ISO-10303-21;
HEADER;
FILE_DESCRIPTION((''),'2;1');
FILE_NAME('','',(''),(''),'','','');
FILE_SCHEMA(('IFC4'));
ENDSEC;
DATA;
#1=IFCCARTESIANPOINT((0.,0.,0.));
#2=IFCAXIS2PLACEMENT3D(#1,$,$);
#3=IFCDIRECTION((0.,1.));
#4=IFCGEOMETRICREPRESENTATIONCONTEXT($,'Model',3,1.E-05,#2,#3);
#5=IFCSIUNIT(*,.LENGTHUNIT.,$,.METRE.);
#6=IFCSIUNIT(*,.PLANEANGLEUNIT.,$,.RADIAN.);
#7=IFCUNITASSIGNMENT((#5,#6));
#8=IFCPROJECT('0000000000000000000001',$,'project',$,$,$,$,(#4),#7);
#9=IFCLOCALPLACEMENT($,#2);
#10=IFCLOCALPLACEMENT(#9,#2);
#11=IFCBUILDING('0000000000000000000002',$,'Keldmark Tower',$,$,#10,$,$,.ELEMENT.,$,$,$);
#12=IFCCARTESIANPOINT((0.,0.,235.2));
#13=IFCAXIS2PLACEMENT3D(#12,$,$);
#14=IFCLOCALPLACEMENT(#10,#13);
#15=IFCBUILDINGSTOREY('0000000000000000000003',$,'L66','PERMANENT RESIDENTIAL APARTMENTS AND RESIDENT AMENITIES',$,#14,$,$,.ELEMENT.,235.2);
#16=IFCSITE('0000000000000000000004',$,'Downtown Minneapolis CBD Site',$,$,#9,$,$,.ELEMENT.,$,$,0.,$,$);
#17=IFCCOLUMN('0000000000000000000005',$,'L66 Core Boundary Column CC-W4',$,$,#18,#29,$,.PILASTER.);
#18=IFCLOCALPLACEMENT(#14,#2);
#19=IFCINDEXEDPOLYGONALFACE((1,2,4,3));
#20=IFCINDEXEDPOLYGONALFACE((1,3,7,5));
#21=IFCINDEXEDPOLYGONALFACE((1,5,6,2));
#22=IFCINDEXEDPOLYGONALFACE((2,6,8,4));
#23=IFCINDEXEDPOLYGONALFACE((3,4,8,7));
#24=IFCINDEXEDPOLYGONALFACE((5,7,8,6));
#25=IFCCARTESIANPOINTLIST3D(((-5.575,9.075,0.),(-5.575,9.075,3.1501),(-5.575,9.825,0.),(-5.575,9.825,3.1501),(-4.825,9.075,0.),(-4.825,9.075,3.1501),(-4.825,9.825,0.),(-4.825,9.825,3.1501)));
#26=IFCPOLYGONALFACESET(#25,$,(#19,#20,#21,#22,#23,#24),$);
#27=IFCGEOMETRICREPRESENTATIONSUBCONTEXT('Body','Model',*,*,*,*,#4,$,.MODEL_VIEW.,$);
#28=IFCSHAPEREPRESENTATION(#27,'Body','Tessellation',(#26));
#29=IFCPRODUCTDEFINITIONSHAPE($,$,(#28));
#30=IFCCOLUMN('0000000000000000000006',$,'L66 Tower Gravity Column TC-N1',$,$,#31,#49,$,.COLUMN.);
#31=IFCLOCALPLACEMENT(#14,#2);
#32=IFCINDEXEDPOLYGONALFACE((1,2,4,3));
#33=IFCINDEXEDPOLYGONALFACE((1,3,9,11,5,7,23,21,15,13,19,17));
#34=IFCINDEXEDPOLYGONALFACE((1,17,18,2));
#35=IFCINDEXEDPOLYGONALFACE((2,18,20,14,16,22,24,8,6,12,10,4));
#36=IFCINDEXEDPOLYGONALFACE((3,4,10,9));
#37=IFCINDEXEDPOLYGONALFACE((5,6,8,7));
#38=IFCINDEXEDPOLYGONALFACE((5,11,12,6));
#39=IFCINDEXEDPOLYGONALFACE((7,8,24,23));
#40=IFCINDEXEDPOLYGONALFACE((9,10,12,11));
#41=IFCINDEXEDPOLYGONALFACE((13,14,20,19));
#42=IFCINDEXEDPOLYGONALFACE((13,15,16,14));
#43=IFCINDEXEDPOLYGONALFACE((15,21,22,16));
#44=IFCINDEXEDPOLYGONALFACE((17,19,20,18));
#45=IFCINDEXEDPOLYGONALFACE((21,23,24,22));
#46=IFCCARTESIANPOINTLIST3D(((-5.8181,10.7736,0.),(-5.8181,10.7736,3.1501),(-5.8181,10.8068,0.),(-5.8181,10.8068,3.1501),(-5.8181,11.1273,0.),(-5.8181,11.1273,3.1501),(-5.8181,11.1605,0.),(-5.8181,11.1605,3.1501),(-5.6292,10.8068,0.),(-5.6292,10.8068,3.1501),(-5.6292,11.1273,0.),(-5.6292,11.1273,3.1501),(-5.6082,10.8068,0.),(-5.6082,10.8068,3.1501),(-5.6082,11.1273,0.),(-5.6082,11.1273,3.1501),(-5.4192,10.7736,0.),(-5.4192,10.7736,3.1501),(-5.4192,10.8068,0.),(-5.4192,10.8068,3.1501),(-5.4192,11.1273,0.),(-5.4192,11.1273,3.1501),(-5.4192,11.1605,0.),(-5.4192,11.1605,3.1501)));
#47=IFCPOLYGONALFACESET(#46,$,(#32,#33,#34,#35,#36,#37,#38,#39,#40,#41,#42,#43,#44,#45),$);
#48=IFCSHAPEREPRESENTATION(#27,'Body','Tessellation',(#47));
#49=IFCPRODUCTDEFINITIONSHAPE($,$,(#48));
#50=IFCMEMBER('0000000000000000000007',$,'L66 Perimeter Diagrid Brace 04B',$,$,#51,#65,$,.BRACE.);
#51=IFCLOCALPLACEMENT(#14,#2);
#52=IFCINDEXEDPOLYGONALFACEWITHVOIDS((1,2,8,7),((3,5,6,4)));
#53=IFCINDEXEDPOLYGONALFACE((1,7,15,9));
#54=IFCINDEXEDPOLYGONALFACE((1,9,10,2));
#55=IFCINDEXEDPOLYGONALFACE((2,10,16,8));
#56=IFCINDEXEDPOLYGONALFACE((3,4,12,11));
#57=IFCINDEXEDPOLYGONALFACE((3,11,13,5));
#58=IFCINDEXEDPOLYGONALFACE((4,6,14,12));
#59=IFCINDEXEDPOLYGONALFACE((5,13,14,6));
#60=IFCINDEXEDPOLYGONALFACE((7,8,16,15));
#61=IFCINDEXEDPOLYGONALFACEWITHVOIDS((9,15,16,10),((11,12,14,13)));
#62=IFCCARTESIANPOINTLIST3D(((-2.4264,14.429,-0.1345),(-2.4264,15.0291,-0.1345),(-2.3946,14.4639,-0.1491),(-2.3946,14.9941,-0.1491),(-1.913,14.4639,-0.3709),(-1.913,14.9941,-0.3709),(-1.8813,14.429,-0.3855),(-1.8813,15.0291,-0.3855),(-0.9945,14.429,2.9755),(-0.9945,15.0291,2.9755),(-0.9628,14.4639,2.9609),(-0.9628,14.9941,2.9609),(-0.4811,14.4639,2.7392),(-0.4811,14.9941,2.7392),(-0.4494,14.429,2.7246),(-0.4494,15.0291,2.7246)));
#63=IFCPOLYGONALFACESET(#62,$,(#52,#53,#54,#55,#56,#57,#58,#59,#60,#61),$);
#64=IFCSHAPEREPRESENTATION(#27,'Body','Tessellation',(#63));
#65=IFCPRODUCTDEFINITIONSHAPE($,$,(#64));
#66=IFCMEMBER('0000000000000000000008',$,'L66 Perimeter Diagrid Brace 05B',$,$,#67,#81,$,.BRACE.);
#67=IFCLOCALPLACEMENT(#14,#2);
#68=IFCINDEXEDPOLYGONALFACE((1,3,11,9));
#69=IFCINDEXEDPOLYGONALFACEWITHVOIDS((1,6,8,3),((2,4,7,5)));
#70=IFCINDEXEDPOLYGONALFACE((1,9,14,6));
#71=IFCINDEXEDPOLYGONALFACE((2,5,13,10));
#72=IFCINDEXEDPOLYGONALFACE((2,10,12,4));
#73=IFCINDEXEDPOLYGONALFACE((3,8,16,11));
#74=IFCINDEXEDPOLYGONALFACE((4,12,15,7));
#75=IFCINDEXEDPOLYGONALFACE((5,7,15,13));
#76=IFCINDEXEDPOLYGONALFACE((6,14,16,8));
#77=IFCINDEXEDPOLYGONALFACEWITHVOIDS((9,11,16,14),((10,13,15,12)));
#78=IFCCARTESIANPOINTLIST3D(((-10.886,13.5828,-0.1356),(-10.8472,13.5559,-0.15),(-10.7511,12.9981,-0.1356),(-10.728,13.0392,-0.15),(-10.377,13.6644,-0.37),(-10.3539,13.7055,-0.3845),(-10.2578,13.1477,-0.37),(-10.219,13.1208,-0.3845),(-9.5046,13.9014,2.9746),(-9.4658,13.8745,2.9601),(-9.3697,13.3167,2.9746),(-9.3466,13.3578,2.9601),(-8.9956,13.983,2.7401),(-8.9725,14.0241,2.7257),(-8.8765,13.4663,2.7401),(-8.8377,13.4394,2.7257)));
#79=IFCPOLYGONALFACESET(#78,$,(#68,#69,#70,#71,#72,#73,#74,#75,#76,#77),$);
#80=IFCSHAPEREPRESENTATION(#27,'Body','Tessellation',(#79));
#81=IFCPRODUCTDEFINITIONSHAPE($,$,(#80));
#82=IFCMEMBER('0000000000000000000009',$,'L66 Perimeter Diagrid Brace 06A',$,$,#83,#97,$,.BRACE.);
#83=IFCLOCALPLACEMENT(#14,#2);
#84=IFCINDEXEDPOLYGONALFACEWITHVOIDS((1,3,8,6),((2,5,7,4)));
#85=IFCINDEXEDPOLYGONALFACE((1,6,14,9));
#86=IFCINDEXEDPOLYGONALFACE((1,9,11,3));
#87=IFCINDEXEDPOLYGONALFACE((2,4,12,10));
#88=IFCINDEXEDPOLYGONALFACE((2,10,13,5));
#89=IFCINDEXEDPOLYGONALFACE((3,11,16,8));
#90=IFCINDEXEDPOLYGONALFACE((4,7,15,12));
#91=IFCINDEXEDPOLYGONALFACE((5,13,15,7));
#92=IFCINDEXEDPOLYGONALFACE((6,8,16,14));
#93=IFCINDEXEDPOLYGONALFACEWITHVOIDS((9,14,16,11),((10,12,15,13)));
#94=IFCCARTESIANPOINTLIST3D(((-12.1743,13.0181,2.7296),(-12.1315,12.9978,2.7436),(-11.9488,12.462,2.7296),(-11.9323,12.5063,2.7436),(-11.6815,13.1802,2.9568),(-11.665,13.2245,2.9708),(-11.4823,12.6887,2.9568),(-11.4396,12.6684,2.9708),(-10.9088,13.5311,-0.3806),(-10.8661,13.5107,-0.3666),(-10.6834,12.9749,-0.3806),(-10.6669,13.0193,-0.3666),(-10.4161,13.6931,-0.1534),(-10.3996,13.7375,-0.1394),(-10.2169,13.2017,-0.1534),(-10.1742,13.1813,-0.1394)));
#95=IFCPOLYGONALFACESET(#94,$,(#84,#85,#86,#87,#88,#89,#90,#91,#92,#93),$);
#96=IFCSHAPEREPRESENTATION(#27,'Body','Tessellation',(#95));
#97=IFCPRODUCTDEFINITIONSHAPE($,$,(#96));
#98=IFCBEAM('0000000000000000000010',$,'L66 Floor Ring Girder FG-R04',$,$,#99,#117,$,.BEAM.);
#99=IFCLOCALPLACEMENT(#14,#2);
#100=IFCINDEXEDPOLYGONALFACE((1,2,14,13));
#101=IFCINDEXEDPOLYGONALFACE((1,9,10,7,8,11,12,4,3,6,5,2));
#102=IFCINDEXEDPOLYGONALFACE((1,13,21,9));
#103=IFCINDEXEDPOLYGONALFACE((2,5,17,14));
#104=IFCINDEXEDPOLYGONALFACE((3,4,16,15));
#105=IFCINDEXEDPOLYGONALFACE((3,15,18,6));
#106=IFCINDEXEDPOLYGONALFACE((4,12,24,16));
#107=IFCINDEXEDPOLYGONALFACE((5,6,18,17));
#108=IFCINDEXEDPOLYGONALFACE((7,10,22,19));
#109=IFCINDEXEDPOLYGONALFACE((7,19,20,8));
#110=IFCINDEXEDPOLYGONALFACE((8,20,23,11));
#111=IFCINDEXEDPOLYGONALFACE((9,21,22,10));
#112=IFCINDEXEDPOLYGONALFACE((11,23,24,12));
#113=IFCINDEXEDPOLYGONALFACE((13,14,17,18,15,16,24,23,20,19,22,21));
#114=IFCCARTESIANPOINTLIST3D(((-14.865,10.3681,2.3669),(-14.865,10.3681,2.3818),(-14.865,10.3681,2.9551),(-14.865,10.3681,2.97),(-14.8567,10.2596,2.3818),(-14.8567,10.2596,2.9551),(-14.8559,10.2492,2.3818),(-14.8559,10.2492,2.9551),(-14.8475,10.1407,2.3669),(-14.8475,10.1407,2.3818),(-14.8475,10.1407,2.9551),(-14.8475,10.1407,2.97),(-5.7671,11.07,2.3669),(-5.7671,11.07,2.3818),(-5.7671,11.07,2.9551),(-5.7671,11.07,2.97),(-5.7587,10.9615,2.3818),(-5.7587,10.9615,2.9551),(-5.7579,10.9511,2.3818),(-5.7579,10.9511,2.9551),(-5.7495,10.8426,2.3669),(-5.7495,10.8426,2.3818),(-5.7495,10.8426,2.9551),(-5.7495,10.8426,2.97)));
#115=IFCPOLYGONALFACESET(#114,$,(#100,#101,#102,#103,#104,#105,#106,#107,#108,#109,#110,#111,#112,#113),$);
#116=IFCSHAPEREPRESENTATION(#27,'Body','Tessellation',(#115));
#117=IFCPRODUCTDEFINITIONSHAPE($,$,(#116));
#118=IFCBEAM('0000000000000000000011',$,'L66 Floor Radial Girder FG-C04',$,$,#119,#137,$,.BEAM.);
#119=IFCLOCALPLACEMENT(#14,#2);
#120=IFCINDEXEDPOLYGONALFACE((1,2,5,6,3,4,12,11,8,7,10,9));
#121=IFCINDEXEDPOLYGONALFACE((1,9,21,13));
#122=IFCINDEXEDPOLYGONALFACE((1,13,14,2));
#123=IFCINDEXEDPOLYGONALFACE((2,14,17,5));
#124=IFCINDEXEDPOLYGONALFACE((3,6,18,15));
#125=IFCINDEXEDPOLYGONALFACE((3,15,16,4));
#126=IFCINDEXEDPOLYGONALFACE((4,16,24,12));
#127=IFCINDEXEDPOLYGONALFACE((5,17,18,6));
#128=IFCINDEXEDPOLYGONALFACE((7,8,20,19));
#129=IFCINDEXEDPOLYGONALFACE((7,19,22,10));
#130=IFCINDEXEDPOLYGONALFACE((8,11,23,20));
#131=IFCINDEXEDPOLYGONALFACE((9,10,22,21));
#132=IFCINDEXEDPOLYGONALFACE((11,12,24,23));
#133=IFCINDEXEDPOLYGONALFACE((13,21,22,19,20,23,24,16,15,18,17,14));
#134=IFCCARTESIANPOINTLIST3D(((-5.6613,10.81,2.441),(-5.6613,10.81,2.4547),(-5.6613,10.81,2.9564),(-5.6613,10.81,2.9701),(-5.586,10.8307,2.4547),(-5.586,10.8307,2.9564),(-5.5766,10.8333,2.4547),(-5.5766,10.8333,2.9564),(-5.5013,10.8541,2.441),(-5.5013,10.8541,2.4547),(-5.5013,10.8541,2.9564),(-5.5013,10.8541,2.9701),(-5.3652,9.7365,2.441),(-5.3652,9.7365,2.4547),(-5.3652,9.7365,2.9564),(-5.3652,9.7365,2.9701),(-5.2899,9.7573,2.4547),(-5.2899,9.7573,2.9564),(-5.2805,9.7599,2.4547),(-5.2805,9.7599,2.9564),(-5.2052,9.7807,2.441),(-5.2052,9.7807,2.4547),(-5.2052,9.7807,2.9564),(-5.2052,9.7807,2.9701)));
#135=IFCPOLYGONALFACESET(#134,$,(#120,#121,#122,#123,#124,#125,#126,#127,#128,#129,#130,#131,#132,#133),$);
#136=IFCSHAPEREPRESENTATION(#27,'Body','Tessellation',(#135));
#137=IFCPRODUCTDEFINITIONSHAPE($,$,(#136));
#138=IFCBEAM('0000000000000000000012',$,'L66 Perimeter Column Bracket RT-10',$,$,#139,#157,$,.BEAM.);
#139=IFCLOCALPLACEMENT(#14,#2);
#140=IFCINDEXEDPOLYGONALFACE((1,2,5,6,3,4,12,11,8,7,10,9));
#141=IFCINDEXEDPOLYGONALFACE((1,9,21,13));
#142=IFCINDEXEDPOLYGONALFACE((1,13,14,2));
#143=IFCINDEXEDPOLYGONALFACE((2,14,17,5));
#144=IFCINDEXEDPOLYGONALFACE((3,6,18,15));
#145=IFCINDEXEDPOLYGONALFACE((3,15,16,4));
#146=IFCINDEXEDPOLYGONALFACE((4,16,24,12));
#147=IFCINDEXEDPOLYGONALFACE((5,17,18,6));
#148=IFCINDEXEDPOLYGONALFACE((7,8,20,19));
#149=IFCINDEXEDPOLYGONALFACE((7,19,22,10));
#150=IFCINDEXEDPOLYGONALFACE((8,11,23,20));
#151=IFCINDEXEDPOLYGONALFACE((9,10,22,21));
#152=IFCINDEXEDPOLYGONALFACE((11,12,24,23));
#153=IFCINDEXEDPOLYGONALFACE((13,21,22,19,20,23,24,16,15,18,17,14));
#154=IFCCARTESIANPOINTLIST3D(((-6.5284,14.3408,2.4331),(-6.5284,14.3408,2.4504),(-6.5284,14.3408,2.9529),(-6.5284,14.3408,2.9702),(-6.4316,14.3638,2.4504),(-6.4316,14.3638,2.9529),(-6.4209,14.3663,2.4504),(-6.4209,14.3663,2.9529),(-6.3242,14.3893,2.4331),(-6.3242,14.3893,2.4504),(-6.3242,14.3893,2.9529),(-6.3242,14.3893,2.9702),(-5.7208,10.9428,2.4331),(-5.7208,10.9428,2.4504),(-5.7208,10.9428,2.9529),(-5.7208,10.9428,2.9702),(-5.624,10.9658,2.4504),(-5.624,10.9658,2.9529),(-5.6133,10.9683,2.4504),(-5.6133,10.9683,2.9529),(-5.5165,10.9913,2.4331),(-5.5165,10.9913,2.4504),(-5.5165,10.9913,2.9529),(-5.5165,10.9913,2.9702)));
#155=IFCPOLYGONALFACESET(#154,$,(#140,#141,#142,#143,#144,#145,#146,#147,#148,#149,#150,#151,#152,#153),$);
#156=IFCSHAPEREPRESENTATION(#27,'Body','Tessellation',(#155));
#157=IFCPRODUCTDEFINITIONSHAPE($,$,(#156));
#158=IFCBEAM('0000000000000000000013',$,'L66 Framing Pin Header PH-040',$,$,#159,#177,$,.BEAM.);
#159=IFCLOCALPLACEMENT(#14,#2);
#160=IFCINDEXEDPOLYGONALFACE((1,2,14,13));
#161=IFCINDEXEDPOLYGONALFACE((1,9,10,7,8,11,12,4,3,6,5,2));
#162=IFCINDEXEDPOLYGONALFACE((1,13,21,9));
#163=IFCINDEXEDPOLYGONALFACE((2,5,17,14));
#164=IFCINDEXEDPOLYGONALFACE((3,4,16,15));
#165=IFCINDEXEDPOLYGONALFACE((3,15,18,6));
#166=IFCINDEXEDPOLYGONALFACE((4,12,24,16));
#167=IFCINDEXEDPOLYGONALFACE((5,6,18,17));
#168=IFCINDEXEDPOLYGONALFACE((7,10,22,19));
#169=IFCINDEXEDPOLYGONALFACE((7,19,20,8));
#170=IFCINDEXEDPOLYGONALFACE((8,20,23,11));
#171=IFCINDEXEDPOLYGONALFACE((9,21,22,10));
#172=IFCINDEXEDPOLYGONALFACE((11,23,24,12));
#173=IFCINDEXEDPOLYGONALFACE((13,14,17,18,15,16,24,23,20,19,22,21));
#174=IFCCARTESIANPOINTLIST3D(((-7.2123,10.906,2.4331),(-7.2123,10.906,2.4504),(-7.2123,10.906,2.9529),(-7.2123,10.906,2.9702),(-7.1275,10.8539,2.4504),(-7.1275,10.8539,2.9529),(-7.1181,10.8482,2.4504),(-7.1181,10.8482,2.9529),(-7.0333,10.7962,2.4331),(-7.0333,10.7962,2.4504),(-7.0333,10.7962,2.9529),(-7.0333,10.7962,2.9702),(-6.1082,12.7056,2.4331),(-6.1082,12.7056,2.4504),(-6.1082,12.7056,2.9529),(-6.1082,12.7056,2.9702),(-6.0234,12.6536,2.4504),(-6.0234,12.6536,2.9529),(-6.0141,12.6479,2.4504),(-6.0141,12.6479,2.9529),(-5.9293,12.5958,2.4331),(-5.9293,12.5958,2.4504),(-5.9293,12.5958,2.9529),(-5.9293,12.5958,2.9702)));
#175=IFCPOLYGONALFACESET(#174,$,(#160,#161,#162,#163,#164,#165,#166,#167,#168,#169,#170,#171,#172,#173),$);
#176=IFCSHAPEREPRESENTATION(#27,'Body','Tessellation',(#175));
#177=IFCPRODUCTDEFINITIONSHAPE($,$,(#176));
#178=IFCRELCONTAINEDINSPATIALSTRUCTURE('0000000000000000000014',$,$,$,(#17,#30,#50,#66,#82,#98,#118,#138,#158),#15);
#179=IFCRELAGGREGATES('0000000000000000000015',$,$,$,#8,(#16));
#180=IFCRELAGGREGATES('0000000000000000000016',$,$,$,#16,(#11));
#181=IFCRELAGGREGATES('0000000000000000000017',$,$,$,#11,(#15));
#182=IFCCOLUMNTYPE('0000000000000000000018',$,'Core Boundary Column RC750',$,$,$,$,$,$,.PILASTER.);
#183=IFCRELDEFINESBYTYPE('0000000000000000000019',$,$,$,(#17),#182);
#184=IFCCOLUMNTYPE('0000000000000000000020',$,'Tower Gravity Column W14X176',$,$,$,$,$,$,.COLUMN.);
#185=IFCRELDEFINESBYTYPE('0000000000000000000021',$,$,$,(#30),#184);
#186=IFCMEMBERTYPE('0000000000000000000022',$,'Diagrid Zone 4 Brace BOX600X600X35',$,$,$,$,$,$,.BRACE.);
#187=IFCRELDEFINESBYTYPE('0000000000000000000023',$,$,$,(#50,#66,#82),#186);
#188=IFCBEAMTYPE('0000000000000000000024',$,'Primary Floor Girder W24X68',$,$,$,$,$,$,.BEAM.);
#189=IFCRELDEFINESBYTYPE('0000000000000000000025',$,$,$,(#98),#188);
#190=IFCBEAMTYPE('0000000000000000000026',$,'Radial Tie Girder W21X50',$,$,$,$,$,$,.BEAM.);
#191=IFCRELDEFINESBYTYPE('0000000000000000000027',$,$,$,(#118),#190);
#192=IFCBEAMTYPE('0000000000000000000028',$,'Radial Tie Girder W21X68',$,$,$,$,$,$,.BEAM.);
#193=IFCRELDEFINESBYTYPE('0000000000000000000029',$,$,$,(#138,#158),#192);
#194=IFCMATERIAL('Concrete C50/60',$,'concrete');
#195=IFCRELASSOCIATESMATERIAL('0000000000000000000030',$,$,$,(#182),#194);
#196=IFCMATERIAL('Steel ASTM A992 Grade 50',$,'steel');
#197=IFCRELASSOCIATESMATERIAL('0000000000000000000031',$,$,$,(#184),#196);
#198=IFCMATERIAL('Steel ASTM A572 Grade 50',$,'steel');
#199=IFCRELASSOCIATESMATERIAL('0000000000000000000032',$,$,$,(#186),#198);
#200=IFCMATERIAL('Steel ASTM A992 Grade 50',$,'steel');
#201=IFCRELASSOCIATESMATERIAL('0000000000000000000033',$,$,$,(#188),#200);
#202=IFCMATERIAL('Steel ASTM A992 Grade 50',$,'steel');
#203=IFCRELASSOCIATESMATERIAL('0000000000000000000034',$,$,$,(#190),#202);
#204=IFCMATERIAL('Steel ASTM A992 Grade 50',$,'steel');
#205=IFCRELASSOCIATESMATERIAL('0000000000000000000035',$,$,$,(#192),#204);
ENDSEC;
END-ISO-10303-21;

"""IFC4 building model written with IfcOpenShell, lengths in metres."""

from ifc_helpers import new_model, si_unit, direction, frame, origin, origin_2d, place, context, subcontext, project, spatial, rectangle, hollow_rectangle, i_section, extrude, material, material_profile, profile_set, type_object, element, save


model = new_model("IFC4")

# Units and contexts
model_context = context("Model", 3, precision=1e-05, world=origin(), true_north=direction((0.0, 1.0)))
body_context = subcontext(model_context, "Body", "Model", "MODEL_VIEW")
ifc_project = project(units=[si_unit("LENGTHUNIT", "METRE"), si_unit("PLANEANGLEUNIT", "RADIAN")], contexts=[model_context])

# Site, building, storey
site_placement = place(None, origin())
site = spatial("IfcSite", under=ifc_project, at=site_placement, Name="Downtown Minneapolis CBD Site", CompositionType="ELEMENT", RefElevation=0.0)
building_placement = place(site_placement, origin())
building = spatial("IfcBuilding", under=site, at=building_placement, Name="Keldmark Tower", CompositionType="ELEMENT")
storey_placement = place(building_placement, frame((0.0, 0.0, 235.2)))
storey = spatial("IfcBuildingStorey", under=building, at=storey_placement, Name="L66", Description="PERMANENT RESIDENTIAL APARTMENTS AND RESIDENT AMENITIES", CompositionType="ELEMENT", Elevation=235.2)

# Columns
ifc_material_1 = material(Name="Concrete C50/60", Category="concrete")
ifc_material_profile_1 = material_profile(ifc_material_1, rectangle(XDim=0.75, YDim=0.75, at=origin_2d()), Name="RC750X750")
ifc_profile_set_1 = profile_set([ifc_material_profile_1], Name="Concrete C50/60")
column_type_1 = type_object("IfcColumnType", Name="Core Boundary Column RC750", PredefinedType="PILASTER", material=ifc_profile_set_1)
column_1_placement = place(storey_placement, frame((-5.2, 9.45, 0.0), z_axis=(0.0, 0.0, 1.0), x_axis=(1.0, 0.0, 0.0)))
element("IfcColumn", 1, at=column_1_placement, inside=storey, type_object=column_type_1, Name="L66 Core Boundary Column CC-W4", PredefinedType="PILASTER", context=body_context, shape_type="SweptSolid", body=[
    extrude(rectangle(XDim=0.75, YDim=0.75, at=origin_2d()), origin(), (0.0, 0.0, 1.0), 3.1501),
])
ifc_material_2 = material(Name="Steel ASTM A992 Grade 50", Category="steel")
ifc_material_profile_2 = material_profile(ifc_material_2, i_section(OverallWidth=0.3989, OverallDepth=0.387, WebThickness=0.021, FlangeThickness=0.0332, at=origin_2d()), Name="W14X176")
ifc_profile_set_2 = profile_set([ifc_material_profile_2], Name="Steel ASTM A992 Grade 50")
column_type_2 = type_object("IfcColumnType", Name="Tower Gravity Column W14X176", PredefinedType="COLUMN", material=ifc_profile_set_2)
column_2_placement = place(storey_placement, frame((-5.6187, 10.967, 0.0), z_axis=(0.0, 0.0, 1.0), x_axis=(1.0, 0.0, 0.0)))
element("IfcColumn", 2, at=column_2_placement, inside=storey, type_object=column_type_2, Name="L66 Tower Gravity Column TC-N1", PredefinedType="COLUMN", context=body_context, shape_type="SweptSolid", body=[
    extrude(i_section(OverallWidth=0.3989, OverallDepth=0.387, WebThickness=0.021, FlangeThickness=0.0332, at=origin_2d()), origin(), (0.0, 0.0, 1.0), 3.1501),
])

# Members
ifc_material_3 = material(Name="Steel ASTM A572 Grade 50", Category="steel")
ifc_material_profile_3 = material_profile(ifc_material_3, hollow_rectangle(XDim=0.6001, YDim=0.6001, WallThickness=0.0349, at=origin_2d()), Name="BOX600X600X35")
ifc_profile_set_3 = profile_set([ifc_material_profile_3], Name="Steel ASTM A572 Grade 50")
member_type = type_object("IfcMemberType", Name="Diagrid Zone 4 Brace BOX600X600X35", PredefinedType="BRACE", material=ifc_profile_set_3)
member_1_placement = place(storey_placement, frame((-2.1538, 14.729, -0.26), z_axis=(0.418203, 0.0, 0.908353), x_axis=(0.0, 1.0, 0.0)))
element("IfcMember", 3, at=member_1_placement, inside=storey, type_object=member_type, Name="L66 Perimeter Diagrid Brace 04B", PredefinedType="BRACE", context=body_context, shape_type="SweptSolid", body=[
    extrude(hollow_rectangle(XDim=0.6001, YDim=0.6001, WallThickness=0.0349, at=origin_2d()), origin(), (0.0, 0.0, 1.0), 3.4238),
])
member_2_placement = place(storey_placement, frame((-10.5525, 13.3518, -0.26), z_axis=(0.404145, 0.093215, 0.909933), x_axis=(-0.224746, 0.974417, 0.0)))
element("IfcMember", 4, at=member_2_placement, inside=storey, type_object=member_type, Name="L66 Perimeter Diagrid Brace 05B", PredefinedType="BRACE", context=body_context, shape_type="SweptSolid", body=[
    extrude(hollow_rectangle(XDim=0.6001, YDim=0.6001, WallThickness=0.0349, at=origin_2d()), origin(), (0.0, 0.0, 1.0), 3.418),
])
member_3_placement = place(storey_placement, frame((-10.5415, 13.3562, -0.26), z_axis=(-0.372541, -0.151014, 0.915646), x_axis=(0.375672, -0.926753, 0.0)))
element("IfcMember", 5, at=member_3_placement, inside=storey, type_object=member_type, Name="L66 Perimeter Diagrid Brace 06A", PredefinedType="BRACE", context=body_context, shape_type="SweptSolid", body=[
    extrude(hollow_rectangle(XDim=0.6001, YDim=0.6001, WallThickness=0.0349, at=origin_2d()), origin(), (0.0, 0.0, 1.0), 3.3967),
])

# Beams
ifc_material_4 = material(Name="Steel ASTM A992 Grade 50", Category="steel")
ifc_material_profile_4 = material_profile(ifc_material_4, i_section(OverallWidth=0.228, OverallDepth=0.603, WebThickness=0.0105, FlangeThickness=0.0149, at=origin_2d()), Name="W24X68")
ifc_profile_set_4 = profile_set([ifc_material_profile_4], Name="Steel ASTM A992 Grade 50")
beam_type_1 = type_object("IfcBeamType", Name="Primary Floor Girder W24X68", PredefinedType="BEAM", material=ifc_profile_set_4)
beam_1_placement = place(storey_placement, frame((-5.7583, 10.9563, 2.6685), z_axis=(-0.997037, -0.076922, 0.0), x_axis=(0.076922, -0.997037, 0.0)))
element("IfcBeam", 6, at=beam_1_placement, inside=storey, type_object=beam_type_1, Name="L66 Floor Ring Girder FG-R04", PredefinedType="BEAM", context=body_context, shape_type="SweptSolid", body=[
    extrude(i_section(OverallWidth=0.228, OverallDepth=0.603, WebThickness=0.0105, FlangeThickness=0.0149, at=origin_2d()), origin(), (0.0, 0.0, 1.0), 9.125),
])
ifc_material_5 = material(Name="Steel ASTM A992 Grade 50", Category="steel")
ifc_material_profile_5 = material_profile(ifc_material_5, i_section(OverallWidth=0.166, OverallDepth=0.5291, WebThickness=0.0098, FlangeThickness=0.0137, at=origin_2d()), Name="W21X50")
ifc_profile_set_5 = profile_set([ifc_material_profile_5], Name="Steel ASTM A992 Grade 50")
beam_type_2 = type_object("IfcBeamType", Name="Radial Tie Girder W21X50", PredefinedType="BEAM", material=ifc_profile_set_5)
beam_2_placement = place(storey_placement, frame((-5.5813, 10.832, 2.7056), z_axis=(0.265936, -0.963991, 0.0), x_axis=(0.963991, 0.265936, 0.0)))
element("IfcBeam", 7, at=beam_2_placement, inside=storey, type_object=beam_type_2, Name="L66 Floor Radial Girder FG-C04", PredefinedType="BEAM", context=body_context, shape_type="SweptSolid", body=[
    extrude(i_section(OverallWidth=0.166, OverallDepth=0.5291, WebThickness=0.0098, FlangeThickness=0.0137, at=origin_2d()), origin(), (0.0, 0.0, 1.0), 1.1135),
])
ifc_material_6 = material(Name="Steel ASTM A992 Grade 50", Category="steel")
ifc_material_profile_6 = material_profile(ifc_material_6, i_section(OverallWidth=0.21, OverallDepth=0.5371, WebThickness=0.011, FlangeThickness=0.0173, at=origin_2d()), Name="W21X68")
ifc_profile_set_6 = profile_set([ifc_material_profile_6], Name="Steel ASTM A992 Grade 50")
beam_type_3 = type_object("IfcBeamType", Name="Radial Tie Girder W21X68", PredefinedType="BEAM", material=ifc_profile_set_6)
beam_3_placement = place(storey_placement, frame((-5.6187, 10.967, 2.7017), z_axis=(-0.231236, 0.972898, 0.0), x_axis=(-0.972898, -0.231236, 0.0)))
element("IfcBeam", 8, at=beam_3_placement, inside=storey, type_object=beam_type_3, Name="L66 Perimeter Column Bracket RT-10", PredefinedType="BEAM", context=body_context, shape_type="SweptSolid", body=[
    extrude(i_section(OverallWidth=0.21, OverallDepth=0.5371, WebThickness=0.011, FlangeThickness=0.0173, at=origin_2d()), origin(), (0.0, 0.0, 1.0), 3.4927),
])
beam_4_placement = place(storey_placement, frame((-7.1228, 10.8511, 2.7017), z_axis=(0.522923, 0.85238, 0.0), x_axis=(-0.85238, 0.522923, 0.0)))
element("IfcBeam", 9, at=beam_4_placement, inside=storey, type_object=beam_type_3, Name="L66 Framing Pin Header PH-040", PredefinedType="BEAM", context=body_context, shape_type="SweptSolid", body=[
    extrude(i_section(OverallWidth=0.21, OverallDepth=0.5371, WebThickness=0.011, FlangeThickness=0.0173, at=origin_2d()), origin(), (0.0, 0.0, 1.0), 2.1113),
])

save(model, "model.ifc")
